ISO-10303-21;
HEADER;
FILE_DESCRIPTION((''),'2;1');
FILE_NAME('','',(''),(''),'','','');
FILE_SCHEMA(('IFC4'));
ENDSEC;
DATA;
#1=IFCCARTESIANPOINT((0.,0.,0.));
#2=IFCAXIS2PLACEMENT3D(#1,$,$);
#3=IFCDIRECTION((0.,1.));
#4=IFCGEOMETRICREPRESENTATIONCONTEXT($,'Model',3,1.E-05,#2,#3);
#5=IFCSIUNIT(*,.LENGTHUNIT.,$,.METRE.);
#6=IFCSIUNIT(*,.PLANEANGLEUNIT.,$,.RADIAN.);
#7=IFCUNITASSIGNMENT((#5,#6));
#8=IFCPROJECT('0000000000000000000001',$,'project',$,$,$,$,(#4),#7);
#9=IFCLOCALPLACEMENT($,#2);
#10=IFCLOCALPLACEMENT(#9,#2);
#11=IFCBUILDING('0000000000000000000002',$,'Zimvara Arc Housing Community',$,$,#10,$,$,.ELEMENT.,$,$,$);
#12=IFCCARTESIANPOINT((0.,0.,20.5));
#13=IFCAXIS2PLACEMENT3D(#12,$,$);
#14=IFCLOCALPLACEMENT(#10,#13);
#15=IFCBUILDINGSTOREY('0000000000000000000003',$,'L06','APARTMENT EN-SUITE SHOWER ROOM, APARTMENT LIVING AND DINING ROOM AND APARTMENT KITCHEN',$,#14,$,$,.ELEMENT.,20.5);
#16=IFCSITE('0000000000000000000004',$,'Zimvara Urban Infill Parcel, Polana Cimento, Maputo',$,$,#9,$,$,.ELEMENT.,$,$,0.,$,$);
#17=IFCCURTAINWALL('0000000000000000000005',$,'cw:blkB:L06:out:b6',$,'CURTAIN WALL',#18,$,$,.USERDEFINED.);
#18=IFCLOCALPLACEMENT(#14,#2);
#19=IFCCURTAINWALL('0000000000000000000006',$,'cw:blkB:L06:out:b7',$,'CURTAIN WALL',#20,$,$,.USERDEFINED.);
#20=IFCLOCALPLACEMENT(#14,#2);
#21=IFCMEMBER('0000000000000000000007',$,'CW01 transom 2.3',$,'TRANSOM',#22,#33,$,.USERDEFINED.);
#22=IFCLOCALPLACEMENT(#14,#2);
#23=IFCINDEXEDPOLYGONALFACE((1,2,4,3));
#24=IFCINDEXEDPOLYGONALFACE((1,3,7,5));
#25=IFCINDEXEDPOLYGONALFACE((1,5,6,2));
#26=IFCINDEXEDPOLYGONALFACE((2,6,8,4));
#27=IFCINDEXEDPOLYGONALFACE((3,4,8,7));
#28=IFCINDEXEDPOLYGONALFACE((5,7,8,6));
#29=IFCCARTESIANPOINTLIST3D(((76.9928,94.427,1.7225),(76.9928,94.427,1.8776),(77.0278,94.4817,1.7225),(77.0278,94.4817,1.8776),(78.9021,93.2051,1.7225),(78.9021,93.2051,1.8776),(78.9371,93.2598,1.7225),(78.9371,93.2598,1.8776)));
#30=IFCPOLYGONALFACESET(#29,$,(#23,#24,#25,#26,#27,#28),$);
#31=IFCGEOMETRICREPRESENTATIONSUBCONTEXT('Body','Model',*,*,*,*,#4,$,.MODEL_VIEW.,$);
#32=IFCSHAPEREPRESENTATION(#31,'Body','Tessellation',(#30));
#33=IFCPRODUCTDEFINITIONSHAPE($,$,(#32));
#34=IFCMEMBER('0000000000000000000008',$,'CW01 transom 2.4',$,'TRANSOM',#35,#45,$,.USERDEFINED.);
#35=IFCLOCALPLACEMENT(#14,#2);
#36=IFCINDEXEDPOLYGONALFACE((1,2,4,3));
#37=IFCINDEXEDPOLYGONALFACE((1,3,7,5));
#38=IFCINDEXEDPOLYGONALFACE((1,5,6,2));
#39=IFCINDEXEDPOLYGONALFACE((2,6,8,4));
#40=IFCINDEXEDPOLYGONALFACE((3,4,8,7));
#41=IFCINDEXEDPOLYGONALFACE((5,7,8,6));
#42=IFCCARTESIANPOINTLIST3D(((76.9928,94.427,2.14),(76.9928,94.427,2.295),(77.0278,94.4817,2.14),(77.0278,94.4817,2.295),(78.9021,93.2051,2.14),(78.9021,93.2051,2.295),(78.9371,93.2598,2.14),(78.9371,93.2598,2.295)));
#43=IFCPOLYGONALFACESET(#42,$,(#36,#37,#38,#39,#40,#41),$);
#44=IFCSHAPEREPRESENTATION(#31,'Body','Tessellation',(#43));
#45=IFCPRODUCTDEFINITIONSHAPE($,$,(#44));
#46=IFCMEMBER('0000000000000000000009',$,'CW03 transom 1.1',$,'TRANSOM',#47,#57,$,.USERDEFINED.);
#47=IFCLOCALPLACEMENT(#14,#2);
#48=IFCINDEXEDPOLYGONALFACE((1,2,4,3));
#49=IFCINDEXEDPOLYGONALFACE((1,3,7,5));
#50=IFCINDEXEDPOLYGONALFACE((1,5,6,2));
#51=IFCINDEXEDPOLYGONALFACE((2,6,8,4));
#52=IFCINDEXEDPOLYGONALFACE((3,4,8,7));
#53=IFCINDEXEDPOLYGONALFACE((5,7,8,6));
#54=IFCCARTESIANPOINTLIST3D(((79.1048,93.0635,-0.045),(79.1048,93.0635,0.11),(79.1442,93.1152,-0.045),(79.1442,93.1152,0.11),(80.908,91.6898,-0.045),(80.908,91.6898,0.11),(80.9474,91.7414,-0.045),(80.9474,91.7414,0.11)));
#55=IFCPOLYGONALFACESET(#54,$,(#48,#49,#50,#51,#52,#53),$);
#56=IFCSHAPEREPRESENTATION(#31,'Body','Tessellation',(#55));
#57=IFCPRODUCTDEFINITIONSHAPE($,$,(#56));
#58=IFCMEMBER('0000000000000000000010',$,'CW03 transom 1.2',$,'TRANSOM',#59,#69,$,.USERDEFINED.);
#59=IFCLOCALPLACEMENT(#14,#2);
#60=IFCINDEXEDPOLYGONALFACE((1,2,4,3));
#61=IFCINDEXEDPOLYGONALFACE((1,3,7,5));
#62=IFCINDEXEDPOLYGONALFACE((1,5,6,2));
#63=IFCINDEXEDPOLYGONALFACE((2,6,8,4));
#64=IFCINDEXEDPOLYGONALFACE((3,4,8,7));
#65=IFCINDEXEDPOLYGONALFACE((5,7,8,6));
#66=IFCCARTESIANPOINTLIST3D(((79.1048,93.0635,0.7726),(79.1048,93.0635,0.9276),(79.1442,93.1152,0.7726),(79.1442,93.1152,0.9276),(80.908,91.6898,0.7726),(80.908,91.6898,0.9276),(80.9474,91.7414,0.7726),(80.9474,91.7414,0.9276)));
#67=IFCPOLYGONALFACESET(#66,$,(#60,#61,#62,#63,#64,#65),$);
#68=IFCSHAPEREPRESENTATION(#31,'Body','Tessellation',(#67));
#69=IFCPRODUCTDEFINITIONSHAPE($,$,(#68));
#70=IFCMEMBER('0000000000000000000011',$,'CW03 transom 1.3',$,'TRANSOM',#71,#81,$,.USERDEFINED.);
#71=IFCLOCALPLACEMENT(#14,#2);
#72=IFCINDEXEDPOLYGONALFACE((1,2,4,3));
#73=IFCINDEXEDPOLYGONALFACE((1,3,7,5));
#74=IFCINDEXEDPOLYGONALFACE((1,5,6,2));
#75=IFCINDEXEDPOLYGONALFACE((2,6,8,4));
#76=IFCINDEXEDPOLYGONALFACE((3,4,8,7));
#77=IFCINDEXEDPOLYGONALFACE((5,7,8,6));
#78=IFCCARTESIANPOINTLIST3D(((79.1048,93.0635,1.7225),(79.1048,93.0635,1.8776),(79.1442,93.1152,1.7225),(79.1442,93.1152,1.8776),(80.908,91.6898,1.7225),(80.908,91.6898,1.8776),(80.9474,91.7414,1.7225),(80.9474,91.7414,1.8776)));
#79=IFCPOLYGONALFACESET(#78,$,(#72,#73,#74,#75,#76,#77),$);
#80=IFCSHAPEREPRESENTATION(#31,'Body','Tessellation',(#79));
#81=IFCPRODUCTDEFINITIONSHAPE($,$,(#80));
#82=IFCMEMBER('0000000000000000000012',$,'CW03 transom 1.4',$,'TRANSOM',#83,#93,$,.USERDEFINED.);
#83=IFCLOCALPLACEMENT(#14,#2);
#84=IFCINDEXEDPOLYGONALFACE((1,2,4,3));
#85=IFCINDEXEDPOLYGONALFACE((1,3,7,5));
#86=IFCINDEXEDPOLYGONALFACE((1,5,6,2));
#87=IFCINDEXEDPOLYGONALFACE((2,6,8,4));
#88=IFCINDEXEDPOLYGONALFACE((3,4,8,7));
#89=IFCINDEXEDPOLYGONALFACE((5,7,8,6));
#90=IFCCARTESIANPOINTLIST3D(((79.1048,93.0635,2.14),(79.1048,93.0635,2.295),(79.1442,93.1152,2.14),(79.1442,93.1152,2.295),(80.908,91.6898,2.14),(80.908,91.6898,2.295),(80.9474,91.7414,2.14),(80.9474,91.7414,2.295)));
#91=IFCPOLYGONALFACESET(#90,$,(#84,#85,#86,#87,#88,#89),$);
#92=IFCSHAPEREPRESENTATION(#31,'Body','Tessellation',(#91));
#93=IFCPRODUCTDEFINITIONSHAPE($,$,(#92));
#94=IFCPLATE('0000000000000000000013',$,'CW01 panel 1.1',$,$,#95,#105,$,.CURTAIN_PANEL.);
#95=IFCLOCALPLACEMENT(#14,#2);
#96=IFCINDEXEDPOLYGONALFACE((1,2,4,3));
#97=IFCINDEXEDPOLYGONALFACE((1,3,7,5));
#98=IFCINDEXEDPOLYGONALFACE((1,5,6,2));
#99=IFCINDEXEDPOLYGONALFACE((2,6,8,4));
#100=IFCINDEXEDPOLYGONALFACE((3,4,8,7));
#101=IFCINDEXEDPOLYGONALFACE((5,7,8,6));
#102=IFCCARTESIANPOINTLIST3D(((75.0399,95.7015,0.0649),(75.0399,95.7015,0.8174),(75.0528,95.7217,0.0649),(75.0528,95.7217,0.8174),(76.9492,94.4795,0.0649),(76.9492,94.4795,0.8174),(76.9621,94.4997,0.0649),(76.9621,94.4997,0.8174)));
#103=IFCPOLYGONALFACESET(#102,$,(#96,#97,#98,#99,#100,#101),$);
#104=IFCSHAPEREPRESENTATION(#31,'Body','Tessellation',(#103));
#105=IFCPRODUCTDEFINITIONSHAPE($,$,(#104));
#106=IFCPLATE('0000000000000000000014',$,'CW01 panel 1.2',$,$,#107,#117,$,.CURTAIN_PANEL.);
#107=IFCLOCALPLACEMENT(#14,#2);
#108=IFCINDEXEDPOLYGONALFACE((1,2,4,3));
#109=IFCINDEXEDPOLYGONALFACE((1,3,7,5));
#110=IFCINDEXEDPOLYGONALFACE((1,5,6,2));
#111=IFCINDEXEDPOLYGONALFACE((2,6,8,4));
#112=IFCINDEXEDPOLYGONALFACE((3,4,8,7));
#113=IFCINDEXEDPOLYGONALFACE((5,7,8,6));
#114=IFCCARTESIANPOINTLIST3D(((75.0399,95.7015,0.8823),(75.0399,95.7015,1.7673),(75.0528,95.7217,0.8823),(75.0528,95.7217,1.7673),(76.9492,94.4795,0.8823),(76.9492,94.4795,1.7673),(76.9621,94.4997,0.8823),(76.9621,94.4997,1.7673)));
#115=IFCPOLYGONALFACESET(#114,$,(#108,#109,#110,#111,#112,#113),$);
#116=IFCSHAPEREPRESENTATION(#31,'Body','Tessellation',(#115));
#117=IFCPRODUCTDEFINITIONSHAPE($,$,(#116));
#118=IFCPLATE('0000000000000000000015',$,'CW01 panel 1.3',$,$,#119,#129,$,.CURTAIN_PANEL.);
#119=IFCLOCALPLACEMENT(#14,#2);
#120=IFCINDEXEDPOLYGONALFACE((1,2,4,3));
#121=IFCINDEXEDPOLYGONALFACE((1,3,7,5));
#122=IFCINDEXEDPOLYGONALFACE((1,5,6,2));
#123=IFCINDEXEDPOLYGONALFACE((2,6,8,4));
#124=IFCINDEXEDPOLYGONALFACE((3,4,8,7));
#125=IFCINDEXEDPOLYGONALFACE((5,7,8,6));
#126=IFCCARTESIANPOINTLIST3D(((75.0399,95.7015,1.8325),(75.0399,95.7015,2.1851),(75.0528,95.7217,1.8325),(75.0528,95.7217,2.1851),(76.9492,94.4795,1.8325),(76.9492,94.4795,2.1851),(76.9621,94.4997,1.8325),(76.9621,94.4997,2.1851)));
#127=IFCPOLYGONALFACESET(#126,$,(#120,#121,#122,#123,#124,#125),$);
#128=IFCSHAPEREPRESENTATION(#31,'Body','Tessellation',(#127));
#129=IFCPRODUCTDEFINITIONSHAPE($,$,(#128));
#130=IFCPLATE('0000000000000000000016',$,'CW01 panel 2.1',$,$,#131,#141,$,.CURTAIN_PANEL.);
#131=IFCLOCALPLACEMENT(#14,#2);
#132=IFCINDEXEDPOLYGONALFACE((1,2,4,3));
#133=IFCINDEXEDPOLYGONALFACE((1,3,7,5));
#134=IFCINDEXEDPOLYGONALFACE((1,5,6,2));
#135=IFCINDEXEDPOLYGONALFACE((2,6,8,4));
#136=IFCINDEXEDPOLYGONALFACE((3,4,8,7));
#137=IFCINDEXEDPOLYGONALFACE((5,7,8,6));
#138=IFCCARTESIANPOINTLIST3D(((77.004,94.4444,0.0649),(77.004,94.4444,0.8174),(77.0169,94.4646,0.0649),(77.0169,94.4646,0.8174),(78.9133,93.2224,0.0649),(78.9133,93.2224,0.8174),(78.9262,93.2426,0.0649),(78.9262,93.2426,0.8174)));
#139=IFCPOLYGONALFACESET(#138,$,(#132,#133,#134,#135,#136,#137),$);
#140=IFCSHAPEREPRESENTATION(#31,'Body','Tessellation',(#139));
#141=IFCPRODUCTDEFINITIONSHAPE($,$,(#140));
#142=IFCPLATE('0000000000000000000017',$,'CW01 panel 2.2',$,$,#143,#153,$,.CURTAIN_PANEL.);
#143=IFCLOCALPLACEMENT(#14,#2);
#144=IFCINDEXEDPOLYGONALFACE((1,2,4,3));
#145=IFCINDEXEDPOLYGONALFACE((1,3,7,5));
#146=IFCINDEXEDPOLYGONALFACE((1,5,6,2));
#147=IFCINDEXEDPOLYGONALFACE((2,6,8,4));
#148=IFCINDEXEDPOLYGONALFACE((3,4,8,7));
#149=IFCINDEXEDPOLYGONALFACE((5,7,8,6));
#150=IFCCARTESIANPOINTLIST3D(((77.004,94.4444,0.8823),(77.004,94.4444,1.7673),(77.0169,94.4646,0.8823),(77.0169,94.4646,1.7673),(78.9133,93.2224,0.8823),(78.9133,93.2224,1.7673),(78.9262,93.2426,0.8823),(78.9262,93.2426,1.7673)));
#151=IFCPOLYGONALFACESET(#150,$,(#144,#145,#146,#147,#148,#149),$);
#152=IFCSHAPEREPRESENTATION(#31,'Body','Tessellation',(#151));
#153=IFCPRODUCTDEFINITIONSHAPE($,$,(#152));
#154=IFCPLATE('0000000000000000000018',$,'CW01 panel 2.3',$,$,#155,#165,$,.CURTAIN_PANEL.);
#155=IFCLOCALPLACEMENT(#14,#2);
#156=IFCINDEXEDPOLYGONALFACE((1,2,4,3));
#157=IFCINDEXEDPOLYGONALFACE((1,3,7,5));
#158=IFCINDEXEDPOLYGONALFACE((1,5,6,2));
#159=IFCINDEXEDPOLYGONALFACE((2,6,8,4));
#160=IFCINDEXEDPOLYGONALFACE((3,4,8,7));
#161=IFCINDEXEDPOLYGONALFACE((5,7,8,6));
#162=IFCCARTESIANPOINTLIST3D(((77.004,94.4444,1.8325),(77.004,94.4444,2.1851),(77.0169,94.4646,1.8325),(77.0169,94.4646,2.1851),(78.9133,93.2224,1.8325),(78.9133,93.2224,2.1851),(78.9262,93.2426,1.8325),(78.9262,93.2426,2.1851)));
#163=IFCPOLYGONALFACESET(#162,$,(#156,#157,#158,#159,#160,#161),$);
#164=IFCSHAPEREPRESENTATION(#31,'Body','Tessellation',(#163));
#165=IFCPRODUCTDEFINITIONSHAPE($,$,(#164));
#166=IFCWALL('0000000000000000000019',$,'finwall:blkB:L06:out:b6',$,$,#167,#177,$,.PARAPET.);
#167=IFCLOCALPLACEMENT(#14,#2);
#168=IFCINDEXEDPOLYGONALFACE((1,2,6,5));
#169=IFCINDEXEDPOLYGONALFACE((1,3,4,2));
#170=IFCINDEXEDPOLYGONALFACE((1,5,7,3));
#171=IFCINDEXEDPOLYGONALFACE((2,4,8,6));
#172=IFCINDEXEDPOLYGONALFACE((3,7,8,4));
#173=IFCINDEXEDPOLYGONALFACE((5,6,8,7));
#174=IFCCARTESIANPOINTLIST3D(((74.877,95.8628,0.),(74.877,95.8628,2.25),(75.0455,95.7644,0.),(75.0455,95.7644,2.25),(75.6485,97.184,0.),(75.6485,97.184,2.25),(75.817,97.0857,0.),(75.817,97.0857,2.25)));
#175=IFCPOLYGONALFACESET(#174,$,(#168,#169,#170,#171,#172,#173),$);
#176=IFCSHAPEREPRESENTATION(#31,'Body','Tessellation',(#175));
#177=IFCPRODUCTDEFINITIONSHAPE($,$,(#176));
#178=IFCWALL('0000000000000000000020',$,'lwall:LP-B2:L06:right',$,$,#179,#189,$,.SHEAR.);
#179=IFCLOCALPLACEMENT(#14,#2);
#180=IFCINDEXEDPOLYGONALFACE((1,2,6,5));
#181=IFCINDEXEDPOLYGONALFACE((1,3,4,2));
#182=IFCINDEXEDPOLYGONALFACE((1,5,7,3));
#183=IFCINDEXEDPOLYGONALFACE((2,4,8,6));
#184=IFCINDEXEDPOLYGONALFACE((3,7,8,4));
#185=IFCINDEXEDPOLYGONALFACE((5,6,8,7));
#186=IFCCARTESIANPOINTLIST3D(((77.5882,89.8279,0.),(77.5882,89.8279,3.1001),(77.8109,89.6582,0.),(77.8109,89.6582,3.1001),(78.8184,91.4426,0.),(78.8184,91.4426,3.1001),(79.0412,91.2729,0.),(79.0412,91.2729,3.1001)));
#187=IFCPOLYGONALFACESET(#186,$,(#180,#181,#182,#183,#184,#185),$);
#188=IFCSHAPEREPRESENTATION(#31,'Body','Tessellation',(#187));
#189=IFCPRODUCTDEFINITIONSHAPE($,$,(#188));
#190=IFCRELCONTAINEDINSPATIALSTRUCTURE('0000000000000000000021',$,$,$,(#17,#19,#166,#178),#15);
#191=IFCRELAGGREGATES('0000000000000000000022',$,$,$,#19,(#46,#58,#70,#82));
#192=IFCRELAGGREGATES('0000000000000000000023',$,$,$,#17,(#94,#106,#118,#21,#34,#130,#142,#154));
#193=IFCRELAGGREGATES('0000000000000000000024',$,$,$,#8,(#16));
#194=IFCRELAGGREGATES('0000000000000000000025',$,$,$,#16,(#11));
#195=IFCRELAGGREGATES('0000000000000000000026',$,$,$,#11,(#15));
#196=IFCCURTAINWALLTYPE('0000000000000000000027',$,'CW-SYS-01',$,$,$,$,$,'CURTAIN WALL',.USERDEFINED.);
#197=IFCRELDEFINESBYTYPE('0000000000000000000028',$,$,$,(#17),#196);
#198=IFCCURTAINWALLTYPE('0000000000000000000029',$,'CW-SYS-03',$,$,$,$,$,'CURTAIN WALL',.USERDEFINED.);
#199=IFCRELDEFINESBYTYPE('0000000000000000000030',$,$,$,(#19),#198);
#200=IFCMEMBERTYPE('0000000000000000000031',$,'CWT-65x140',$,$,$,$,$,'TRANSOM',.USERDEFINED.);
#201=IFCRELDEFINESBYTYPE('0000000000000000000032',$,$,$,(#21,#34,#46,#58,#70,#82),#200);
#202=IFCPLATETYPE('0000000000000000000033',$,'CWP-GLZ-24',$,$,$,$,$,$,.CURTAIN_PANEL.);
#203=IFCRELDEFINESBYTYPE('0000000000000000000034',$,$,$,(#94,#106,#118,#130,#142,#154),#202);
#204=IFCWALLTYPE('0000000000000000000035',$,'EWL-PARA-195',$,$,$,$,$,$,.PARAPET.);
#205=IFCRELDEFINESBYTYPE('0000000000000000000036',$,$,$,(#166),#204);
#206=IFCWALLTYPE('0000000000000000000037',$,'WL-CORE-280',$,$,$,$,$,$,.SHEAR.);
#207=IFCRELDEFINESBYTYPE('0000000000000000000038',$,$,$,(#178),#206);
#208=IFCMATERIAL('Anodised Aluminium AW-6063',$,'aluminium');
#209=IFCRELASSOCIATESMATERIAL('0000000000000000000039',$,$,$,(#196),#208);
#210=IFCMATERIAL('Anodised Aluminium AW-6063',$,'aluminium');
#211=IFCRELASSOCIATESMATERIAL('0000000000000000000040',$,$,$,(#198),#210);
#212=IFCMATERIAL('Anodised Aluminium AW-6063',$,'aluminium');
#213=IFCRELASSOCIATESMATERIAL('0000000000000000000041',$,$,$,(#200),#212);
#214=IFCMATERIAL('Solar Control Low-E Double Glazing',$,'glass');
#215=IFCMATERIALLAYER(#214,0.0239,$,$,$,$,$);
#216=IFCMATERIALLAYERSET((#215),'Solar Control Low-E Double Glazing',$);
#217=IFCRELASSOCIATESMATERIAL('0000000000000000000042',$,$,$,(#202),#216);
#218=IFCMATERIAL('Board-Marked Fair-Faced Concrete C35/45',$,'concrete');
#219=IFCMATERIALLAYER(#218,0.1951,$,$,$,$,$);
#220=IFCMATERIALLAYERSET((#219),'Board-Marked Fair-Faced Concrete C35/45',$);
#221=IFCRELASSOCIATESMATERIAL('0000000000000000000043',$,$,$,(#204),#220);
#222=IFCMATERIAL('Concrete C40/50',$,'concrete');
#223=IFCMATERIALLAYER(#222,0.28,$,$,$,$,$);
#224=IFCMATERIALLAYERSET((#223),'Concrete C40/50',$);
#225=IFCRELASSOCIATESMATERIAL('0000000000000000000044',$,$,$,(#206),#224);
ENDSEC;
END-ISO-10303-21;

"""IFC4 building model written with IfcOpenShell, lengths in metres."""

from ifc_helpers import new_model, si_unit, direction, frame, frame_2d, origin, origin_2d, place, context, subcontext, project, spatial, rectangle, extrude, material, layer, layer_set, material_profile, profile_set, type_object, element, aggregate, save


model = new_model("IFC4")

# Units and contexts
model_context = context("Model", 3, precision=1e-05, world=origin(), true_north=direction((0.0, 1.0)))
body_context = subcontext(model_context, "Body", "Model", "MODEL_VIEW")
ifc_project = project(units=[si_unit("LENGTHUNIT", "METRE"), si_unit("PLANEANGLEUNIT", "RADIAN")], contexts=[model_context])

# Site, building, storey
site_placement = place(None, origin())
site = spatial("IfcSite", under=ifc_project, at=site_placement, Name="Zimvara Urban Infill Parcel, Polana Cimento, Maputo", CompositionType="ELEMENT", RefElevation=0.0)
building_placement = place(site_placement, origin())
building = spatial("IfcBuilding", under=site, at=building_placement, Name="Zimvara Arc Housing Community", CompositionType="ELEMENT")
storey_placement = place(building_placement, frame((0.0, 0.0, 20.5)))
storey = spatial("IfcBuildingStorey", under=building, at=storey_placement, Name="L06", Description="APARTMENT EN-SUITE SHOWER ROOM, APARTMENT LIVING AND DINING ROOM AND APARTMENT KITCHEN", CompositionType="ELEMENT", Elevation=20.5)

# Curtain wall
ifc_material_1 = material(Name="Anodised Aluminium AW-6063", Category="aluminium")
curtain_wall_type_1 = type_object("IfcCurtainWallType", Name="CW-SYS-01", ElementType="CURTAIN WALL", PredefinedType="USERDEFINED", material=ifc_material_1)
curtain_wall_1_placement = place(storey_placement, origin())
curtain_wall_1 = element("IfcCurtainWall", 1, at=curtain_wall_1_placement, inside=storey, type_object=curtain_wall_type_1, Name="cw:blkB:L06:out:b6", ObjectType="CURTAIN WALL", PredefinedType="USERDEFINED")

# Curtain wall
ifc_material_2 = material(Name="Anodised Aluminium AW-6063", Category="aluminium")
curtain_wall_type_2 = type_object("IfcCurtainWallType", Name="CW-SYS-03", ElementType="CURTAIN WALL", PredefinedType="USERDEFINED", material=ifc_material_2)
curtain_wall_2_placement = place(storey_placement, origin())
curtain_wall_2 = element("IfcCurtainWall", 2, at=curtain_wall_2_placement, inside=storey, type_object=curtain_wall_type_2, Name="cw:blkB:L06:out:b7", ObjectType="CURTAIN WALL", PredefinedType="USERDEFINED")

# Members
ifc_material_3 = material(Name="Anodised Aluminium AW-6063", Category="aluminium")
ifc_material_profile_1 = material_profile(ifc_material_3, rectangle(XDim=0.0649, YDim=0.155, at=origin_2d()), Name="ALU 65x155")
ifc_profile_set_1 = profile_set([ifc_material_profile_1], Name="Anodised Aluminium AW-6063")
member_type_1 = type_object("IfcMemberType", Name="CWT-65x140", ElementType="TRANSOM", PredefinedType="USERDEFINED", material=ifc_profile_set_1)
member_1_placement = place(storey_placement, frame((77.0103, 94.4543, 1.8), z_axis=(0.842293, -0.53902, 0.0), x_axis=(0.53902, 0.842293, 0.0)))
member_1 = element("IfcMember", 3, at=member_1_placement, type_object=member_type_1, Name="CW01 transom 2.3", ObjectType="TRANSOM", PredefinedType="USERDEFINED", context=body_context, shape_type="SweptSolid", body=[
    extrude(rectangle(XDim=0.0649, YDim=0.155, at=origin_2d()), origin(), (0.0, 0.0, 1.0), 2.2668),
])
member_2_placement = place(storey_placement, frame((77.0103, 94.4543, 2.2175), z_axis=(0.842293, -0.53902, 0.0), x_axis=(0.53902, 0.842293, 0.0)))
member_2 = element("IfcMember", 4, at=member_2_placement, type_object=member_type_1, Name="CW01 transom 2.4", ObjectType="TRANSOM", PredefinedType="USERDEFINED", context=body_context, shape_type="SweptSolid", body=[
    extrude(rectangle(XDim=0.0649, YDim=0.155, at=origin_2d()), origin(), (0.0, 0.0, 1.0), 2.2668),
])
member_3_placement = place(storey_placement, frame((79.1245, 93.0894, 0.0325), z_axis=(0.795454, -0.606014, 0.0), x_axis=(0.606014, 0.795454, 0.0)))
member_3 = element("IfcMember", 5, at=member_3_placement, type_object=member_type_1, Name="CW03 transom 1.1", ObjectType="TRANSOM", PredefinedType="USERDEFINED", context=body_context, shape_type="SweptSolid", body=[
    extrude(rectangle(XDim=0.0649, YDim=0.155, at=origin_2d()), origin(), (0.0, 0.0, 1.0), 2.2668),
])
member_4_placement = place(storey_placement, frame((79.1245, 93.0894, 0.8501), z_axis=(0.795454, -0.606014, 0.0), x_axis=(0.606014, 0.795454, 0.0)))
member_4 = element("IfcMember", 6, at=member_4_placement, type_object=member_type_1, Name="CW03 transom 1.2", ObjectType="TRANSOM", PredefinedType="USERDEFINED", context=body_context, shape_type="SweptSolid", body=[
    extrude(rectangle(XDim=0.0649, YDim=0.155, at=origin_2d()), origin(), (0.0, 0.0, 1.0), 2.2668),
])
member_5_placement = place(storey_placement, frame((79.1245, 93.0894, 1.8), z_axis=(0.795454, -0.606014, 0.0), x_axis=(0.606014, 0.795454, 0.0)))
member_5 = element("IfcMember", 7, at=member_5_placement, type_object=member_type_1, Name="CW03 transom 1.3", ObjectType="TRANSOM", PredefinedType="USERDEFINED", context=body_context, shape_type="SweptSolid", body=[
    extrude(rectangle(XDim=0.0649, YDim=0.155, at=origin_2d()), origin(), (0.0, 0.0, 1.0), 2.2668),
])
member_6_placement = place(storey_placement, frame((79.1245, 93.0894, 2.2175), z_axis=(0.795454, -0.606014, 0.0), x_axis=(0.606014, 0.795454, 0.0)))
member_6 = element("IfcMember", 8, at=member_6_placement, type_object=member_type_1, Name="CW03 transom 1.4", ObjectType="TRANSOM", PredefinedType="USERDEFINED", context=body_context, shape_type="SweptSolid", body=[
    extrude(rectangle(XDim=0.0649, YDim=0.155, at=origin_2d()), origin(), (0.0, 0.0, 1.0), 2.2668),
])
aggregate(curtain_wall_2, [member_3, member_4, member_5, member_6])

# Plates
ifc_material_4 = material(Name="Solar Control Low-E Double Glazing", Category="glass")
ifc_layer_1 = layer(ifc_material_4, 0.0239)
ifc_layer_set_1 = layer_set([ifc_layer_1], Name="Solar Control Low-E Double Glazing")
plate_type = type_object("IfcPlateType", Name="CWP-GLZ-24", PredefinedType="CURTAIN_PANEL", material=ifc_layer_set_1)
plate_1_placement = place(storey_placement, frame((76.001, 95.1006, 0.0649), z_axis=(0.0, 0.0, 1.0), x_axis=(0.842264, -0.539065, 0.0)))
plate_1 = element("IfcPlate", 9, at=plate_1_placement, type_object=plate_type, Name="CW01 panel 1.1", PredefinedType="CURTAIN_PANEL", context=body_context, shape_type="SweptSolid", body=[
    extrude(rectangle(XDim=2.2668, YDim=0.0239, at=origin_2d()), origin(), (0.0, 0.0, 1.0), 0.7524),
])
plate_2_placement = place(storey_placement, frame((76.001, 95.1006, 0.8823), z_axis=(0.0, 0.0, 1.0), x_axis=(0.842264, -0.539065, 0.0)))
plate_2 = element("IfcPlate", 10, at=plate_2_placement, type_object=plate_type, Name="CW01 panel 1.2", PredefinedType="CURTAIN_PANEL", context=body_context, shape_type="SweptSolid", body=[
    extrude(rectangle(XDim=2.2668, YDim=0.0239, at=origin_2d()), origin(), (0.0, 0.0, 1.0), 0.885),
])
plate_3_placement = place(storey_placement, frame((76.001, 95.1006, 1.8325), z_axis=(0.0, 0.0, 1.0), x_axis=(0.842264, -0.539065, 0.0)))
plate_3 = element("IfcPlate", 11, at=plate_3_placement, type_object=plate_type, Name="CW01 panel 1.3", PredefinedType="CURTAIN_PANEL", context=body_context, shape_type="SweptSolid", body=[
    extrude(rectangle(XDim=2.2668, YDim=0.0239, at=origin_2d()), origin(), (0.0, 0.0, 1.0), 0.3525),
])
plate_4_placement = place(storey_placement, frame((77.9651, 93.8435, 0.0649), z_axis=(0.0, 0.0, 1.0), x_axis=(0.842264, -0.539065, 0.0)))
plate_4 = element("IfcPlate", 12, at=plate_4_placement, type_object=plate_type, Name="CW01 panel 2.1", PredefinedType="CURTAIN_PANEL", context=body_context, shape_type="SweptSolid", body=[
    extrude(rectangle(XDim=2.2668, YDim=0.0239, at=origin_2d()), origin(), (0.0, 0.0, 1.0), 0.7524),
])
plate_5_placement = place(storey_placement, frame((77.9651, 93.8435, 0.8823), z_axis=(0.0, 0.0, 1.0), x_axis=(0.842264, -0.539065, 0.0)))
plate_5 = element("IfcPlate", 13, at=plate_5_placement, type_object=plate_type, Name="CW01 panel 2.2", PredefinedType="CURTAIN_PANEL", context=body_context, shape_type="SweptSolid", body=[
    extrude(rectangle(XDim=2.2668, YDim=0.0239, at=origin_2d()), origin(), (0.0, 0.0, 1.0), 0.885),
])
plate_6_placement = place(storey_placement, frame((77.9651, 93.8435, 1.8325), z_axis=(0.0, 0.0, 1.0), x_axis=(0.842264, -0.539065, 0.0)))
plate_6 = element("IfcPlate", 14, at=plate_6_placement, type_object=plate_type, Name="CW01 panel 2.3", PredefinedType="CURTAIN_PANEL", context=body_context, shape_type="SweptSolid", body=[
    extrude(rectangle(XDim=2.2668, YDim=0.0239, at=origin_2d()), origin(), (0.0, 0.0, 1.0), 0.3525),
])
aggregate(curtain_wall_1, [plate_1, plate_2, plate_3, member_1, member_2, plate_4, plate_5, plate_6])

# Walls
ifc_material_5 = material(Name="Board-Marked Fair-Faced Concrete C35/45", Category="concrete")
ifc_layer_2 = layer(ifc_material_5, 0.1951)
ifc_layer_set_2 = layer_set([ifc_layer_2], Name="Board-Marked Fair-Faced Concrete C35/45")
wall_type_1 = type_object("IfcWallType", Name="EWL-PARA-195", PredefinedType="PARAPET", material=ifc_layer_set_2)
wall_1_placement = place(storey_placement, frame((74.9612, 95.8135, 0.0), z_axis=(0.0, 0.0, 1.0), x_axis=(0.504228, 0.86357, 0.0)))
element("IfcWall", 15, at=wall_1_placement, inside=storey, type_object=wall_type_1, Name="finwall:blkB:L06:out:b6", PredefinedType="PARAPET", context=body_context, shape_type="SweptSolid", body=[
    extrude(rectangle(XDim=1.53, YDim=0.1951, at=frame_2d((0.7651, 0.0))), origin(), (0.0, 0.0, 1.0), 2.25),
])
ifc_material_6 = material(Name="Concrete C40/50", Category="concrete")
ifc_layer_3 = layer(ifc_material_6, 0.28)
ifc_layer_set_3 = layer_set([ifc_layer_3], Name="Concrete C40/50")
wall_type_2 = type_object("IfcWallType", Name="WL-CORE-280", PredefinedType="SHEAR", material=ifc_layer_set_3)
wall_2_placement = place(storey_placement, frame((77.6995, 89.7429, 0.0), z_axis=(0.0, 0.0, 1.0), x_axis=(0.606025, 0.795446, 0.0)))
element("IfcWall", 16, at=wall_2_placement, inside=storey, type_object=wall_type_2, Name="lwall:LP-B2:L06:right", PredefinedType="SHEAR", context=body_context, shape_type="SweptSolid", body=[
    extrude(rectangle(XDim=2.03, YDim=0.28, at=frame_2d((1.0151, 0.0))), origin(), (0.0, 0.0, 1.0), 3.1001),
])

save(model, "model.ifc")
